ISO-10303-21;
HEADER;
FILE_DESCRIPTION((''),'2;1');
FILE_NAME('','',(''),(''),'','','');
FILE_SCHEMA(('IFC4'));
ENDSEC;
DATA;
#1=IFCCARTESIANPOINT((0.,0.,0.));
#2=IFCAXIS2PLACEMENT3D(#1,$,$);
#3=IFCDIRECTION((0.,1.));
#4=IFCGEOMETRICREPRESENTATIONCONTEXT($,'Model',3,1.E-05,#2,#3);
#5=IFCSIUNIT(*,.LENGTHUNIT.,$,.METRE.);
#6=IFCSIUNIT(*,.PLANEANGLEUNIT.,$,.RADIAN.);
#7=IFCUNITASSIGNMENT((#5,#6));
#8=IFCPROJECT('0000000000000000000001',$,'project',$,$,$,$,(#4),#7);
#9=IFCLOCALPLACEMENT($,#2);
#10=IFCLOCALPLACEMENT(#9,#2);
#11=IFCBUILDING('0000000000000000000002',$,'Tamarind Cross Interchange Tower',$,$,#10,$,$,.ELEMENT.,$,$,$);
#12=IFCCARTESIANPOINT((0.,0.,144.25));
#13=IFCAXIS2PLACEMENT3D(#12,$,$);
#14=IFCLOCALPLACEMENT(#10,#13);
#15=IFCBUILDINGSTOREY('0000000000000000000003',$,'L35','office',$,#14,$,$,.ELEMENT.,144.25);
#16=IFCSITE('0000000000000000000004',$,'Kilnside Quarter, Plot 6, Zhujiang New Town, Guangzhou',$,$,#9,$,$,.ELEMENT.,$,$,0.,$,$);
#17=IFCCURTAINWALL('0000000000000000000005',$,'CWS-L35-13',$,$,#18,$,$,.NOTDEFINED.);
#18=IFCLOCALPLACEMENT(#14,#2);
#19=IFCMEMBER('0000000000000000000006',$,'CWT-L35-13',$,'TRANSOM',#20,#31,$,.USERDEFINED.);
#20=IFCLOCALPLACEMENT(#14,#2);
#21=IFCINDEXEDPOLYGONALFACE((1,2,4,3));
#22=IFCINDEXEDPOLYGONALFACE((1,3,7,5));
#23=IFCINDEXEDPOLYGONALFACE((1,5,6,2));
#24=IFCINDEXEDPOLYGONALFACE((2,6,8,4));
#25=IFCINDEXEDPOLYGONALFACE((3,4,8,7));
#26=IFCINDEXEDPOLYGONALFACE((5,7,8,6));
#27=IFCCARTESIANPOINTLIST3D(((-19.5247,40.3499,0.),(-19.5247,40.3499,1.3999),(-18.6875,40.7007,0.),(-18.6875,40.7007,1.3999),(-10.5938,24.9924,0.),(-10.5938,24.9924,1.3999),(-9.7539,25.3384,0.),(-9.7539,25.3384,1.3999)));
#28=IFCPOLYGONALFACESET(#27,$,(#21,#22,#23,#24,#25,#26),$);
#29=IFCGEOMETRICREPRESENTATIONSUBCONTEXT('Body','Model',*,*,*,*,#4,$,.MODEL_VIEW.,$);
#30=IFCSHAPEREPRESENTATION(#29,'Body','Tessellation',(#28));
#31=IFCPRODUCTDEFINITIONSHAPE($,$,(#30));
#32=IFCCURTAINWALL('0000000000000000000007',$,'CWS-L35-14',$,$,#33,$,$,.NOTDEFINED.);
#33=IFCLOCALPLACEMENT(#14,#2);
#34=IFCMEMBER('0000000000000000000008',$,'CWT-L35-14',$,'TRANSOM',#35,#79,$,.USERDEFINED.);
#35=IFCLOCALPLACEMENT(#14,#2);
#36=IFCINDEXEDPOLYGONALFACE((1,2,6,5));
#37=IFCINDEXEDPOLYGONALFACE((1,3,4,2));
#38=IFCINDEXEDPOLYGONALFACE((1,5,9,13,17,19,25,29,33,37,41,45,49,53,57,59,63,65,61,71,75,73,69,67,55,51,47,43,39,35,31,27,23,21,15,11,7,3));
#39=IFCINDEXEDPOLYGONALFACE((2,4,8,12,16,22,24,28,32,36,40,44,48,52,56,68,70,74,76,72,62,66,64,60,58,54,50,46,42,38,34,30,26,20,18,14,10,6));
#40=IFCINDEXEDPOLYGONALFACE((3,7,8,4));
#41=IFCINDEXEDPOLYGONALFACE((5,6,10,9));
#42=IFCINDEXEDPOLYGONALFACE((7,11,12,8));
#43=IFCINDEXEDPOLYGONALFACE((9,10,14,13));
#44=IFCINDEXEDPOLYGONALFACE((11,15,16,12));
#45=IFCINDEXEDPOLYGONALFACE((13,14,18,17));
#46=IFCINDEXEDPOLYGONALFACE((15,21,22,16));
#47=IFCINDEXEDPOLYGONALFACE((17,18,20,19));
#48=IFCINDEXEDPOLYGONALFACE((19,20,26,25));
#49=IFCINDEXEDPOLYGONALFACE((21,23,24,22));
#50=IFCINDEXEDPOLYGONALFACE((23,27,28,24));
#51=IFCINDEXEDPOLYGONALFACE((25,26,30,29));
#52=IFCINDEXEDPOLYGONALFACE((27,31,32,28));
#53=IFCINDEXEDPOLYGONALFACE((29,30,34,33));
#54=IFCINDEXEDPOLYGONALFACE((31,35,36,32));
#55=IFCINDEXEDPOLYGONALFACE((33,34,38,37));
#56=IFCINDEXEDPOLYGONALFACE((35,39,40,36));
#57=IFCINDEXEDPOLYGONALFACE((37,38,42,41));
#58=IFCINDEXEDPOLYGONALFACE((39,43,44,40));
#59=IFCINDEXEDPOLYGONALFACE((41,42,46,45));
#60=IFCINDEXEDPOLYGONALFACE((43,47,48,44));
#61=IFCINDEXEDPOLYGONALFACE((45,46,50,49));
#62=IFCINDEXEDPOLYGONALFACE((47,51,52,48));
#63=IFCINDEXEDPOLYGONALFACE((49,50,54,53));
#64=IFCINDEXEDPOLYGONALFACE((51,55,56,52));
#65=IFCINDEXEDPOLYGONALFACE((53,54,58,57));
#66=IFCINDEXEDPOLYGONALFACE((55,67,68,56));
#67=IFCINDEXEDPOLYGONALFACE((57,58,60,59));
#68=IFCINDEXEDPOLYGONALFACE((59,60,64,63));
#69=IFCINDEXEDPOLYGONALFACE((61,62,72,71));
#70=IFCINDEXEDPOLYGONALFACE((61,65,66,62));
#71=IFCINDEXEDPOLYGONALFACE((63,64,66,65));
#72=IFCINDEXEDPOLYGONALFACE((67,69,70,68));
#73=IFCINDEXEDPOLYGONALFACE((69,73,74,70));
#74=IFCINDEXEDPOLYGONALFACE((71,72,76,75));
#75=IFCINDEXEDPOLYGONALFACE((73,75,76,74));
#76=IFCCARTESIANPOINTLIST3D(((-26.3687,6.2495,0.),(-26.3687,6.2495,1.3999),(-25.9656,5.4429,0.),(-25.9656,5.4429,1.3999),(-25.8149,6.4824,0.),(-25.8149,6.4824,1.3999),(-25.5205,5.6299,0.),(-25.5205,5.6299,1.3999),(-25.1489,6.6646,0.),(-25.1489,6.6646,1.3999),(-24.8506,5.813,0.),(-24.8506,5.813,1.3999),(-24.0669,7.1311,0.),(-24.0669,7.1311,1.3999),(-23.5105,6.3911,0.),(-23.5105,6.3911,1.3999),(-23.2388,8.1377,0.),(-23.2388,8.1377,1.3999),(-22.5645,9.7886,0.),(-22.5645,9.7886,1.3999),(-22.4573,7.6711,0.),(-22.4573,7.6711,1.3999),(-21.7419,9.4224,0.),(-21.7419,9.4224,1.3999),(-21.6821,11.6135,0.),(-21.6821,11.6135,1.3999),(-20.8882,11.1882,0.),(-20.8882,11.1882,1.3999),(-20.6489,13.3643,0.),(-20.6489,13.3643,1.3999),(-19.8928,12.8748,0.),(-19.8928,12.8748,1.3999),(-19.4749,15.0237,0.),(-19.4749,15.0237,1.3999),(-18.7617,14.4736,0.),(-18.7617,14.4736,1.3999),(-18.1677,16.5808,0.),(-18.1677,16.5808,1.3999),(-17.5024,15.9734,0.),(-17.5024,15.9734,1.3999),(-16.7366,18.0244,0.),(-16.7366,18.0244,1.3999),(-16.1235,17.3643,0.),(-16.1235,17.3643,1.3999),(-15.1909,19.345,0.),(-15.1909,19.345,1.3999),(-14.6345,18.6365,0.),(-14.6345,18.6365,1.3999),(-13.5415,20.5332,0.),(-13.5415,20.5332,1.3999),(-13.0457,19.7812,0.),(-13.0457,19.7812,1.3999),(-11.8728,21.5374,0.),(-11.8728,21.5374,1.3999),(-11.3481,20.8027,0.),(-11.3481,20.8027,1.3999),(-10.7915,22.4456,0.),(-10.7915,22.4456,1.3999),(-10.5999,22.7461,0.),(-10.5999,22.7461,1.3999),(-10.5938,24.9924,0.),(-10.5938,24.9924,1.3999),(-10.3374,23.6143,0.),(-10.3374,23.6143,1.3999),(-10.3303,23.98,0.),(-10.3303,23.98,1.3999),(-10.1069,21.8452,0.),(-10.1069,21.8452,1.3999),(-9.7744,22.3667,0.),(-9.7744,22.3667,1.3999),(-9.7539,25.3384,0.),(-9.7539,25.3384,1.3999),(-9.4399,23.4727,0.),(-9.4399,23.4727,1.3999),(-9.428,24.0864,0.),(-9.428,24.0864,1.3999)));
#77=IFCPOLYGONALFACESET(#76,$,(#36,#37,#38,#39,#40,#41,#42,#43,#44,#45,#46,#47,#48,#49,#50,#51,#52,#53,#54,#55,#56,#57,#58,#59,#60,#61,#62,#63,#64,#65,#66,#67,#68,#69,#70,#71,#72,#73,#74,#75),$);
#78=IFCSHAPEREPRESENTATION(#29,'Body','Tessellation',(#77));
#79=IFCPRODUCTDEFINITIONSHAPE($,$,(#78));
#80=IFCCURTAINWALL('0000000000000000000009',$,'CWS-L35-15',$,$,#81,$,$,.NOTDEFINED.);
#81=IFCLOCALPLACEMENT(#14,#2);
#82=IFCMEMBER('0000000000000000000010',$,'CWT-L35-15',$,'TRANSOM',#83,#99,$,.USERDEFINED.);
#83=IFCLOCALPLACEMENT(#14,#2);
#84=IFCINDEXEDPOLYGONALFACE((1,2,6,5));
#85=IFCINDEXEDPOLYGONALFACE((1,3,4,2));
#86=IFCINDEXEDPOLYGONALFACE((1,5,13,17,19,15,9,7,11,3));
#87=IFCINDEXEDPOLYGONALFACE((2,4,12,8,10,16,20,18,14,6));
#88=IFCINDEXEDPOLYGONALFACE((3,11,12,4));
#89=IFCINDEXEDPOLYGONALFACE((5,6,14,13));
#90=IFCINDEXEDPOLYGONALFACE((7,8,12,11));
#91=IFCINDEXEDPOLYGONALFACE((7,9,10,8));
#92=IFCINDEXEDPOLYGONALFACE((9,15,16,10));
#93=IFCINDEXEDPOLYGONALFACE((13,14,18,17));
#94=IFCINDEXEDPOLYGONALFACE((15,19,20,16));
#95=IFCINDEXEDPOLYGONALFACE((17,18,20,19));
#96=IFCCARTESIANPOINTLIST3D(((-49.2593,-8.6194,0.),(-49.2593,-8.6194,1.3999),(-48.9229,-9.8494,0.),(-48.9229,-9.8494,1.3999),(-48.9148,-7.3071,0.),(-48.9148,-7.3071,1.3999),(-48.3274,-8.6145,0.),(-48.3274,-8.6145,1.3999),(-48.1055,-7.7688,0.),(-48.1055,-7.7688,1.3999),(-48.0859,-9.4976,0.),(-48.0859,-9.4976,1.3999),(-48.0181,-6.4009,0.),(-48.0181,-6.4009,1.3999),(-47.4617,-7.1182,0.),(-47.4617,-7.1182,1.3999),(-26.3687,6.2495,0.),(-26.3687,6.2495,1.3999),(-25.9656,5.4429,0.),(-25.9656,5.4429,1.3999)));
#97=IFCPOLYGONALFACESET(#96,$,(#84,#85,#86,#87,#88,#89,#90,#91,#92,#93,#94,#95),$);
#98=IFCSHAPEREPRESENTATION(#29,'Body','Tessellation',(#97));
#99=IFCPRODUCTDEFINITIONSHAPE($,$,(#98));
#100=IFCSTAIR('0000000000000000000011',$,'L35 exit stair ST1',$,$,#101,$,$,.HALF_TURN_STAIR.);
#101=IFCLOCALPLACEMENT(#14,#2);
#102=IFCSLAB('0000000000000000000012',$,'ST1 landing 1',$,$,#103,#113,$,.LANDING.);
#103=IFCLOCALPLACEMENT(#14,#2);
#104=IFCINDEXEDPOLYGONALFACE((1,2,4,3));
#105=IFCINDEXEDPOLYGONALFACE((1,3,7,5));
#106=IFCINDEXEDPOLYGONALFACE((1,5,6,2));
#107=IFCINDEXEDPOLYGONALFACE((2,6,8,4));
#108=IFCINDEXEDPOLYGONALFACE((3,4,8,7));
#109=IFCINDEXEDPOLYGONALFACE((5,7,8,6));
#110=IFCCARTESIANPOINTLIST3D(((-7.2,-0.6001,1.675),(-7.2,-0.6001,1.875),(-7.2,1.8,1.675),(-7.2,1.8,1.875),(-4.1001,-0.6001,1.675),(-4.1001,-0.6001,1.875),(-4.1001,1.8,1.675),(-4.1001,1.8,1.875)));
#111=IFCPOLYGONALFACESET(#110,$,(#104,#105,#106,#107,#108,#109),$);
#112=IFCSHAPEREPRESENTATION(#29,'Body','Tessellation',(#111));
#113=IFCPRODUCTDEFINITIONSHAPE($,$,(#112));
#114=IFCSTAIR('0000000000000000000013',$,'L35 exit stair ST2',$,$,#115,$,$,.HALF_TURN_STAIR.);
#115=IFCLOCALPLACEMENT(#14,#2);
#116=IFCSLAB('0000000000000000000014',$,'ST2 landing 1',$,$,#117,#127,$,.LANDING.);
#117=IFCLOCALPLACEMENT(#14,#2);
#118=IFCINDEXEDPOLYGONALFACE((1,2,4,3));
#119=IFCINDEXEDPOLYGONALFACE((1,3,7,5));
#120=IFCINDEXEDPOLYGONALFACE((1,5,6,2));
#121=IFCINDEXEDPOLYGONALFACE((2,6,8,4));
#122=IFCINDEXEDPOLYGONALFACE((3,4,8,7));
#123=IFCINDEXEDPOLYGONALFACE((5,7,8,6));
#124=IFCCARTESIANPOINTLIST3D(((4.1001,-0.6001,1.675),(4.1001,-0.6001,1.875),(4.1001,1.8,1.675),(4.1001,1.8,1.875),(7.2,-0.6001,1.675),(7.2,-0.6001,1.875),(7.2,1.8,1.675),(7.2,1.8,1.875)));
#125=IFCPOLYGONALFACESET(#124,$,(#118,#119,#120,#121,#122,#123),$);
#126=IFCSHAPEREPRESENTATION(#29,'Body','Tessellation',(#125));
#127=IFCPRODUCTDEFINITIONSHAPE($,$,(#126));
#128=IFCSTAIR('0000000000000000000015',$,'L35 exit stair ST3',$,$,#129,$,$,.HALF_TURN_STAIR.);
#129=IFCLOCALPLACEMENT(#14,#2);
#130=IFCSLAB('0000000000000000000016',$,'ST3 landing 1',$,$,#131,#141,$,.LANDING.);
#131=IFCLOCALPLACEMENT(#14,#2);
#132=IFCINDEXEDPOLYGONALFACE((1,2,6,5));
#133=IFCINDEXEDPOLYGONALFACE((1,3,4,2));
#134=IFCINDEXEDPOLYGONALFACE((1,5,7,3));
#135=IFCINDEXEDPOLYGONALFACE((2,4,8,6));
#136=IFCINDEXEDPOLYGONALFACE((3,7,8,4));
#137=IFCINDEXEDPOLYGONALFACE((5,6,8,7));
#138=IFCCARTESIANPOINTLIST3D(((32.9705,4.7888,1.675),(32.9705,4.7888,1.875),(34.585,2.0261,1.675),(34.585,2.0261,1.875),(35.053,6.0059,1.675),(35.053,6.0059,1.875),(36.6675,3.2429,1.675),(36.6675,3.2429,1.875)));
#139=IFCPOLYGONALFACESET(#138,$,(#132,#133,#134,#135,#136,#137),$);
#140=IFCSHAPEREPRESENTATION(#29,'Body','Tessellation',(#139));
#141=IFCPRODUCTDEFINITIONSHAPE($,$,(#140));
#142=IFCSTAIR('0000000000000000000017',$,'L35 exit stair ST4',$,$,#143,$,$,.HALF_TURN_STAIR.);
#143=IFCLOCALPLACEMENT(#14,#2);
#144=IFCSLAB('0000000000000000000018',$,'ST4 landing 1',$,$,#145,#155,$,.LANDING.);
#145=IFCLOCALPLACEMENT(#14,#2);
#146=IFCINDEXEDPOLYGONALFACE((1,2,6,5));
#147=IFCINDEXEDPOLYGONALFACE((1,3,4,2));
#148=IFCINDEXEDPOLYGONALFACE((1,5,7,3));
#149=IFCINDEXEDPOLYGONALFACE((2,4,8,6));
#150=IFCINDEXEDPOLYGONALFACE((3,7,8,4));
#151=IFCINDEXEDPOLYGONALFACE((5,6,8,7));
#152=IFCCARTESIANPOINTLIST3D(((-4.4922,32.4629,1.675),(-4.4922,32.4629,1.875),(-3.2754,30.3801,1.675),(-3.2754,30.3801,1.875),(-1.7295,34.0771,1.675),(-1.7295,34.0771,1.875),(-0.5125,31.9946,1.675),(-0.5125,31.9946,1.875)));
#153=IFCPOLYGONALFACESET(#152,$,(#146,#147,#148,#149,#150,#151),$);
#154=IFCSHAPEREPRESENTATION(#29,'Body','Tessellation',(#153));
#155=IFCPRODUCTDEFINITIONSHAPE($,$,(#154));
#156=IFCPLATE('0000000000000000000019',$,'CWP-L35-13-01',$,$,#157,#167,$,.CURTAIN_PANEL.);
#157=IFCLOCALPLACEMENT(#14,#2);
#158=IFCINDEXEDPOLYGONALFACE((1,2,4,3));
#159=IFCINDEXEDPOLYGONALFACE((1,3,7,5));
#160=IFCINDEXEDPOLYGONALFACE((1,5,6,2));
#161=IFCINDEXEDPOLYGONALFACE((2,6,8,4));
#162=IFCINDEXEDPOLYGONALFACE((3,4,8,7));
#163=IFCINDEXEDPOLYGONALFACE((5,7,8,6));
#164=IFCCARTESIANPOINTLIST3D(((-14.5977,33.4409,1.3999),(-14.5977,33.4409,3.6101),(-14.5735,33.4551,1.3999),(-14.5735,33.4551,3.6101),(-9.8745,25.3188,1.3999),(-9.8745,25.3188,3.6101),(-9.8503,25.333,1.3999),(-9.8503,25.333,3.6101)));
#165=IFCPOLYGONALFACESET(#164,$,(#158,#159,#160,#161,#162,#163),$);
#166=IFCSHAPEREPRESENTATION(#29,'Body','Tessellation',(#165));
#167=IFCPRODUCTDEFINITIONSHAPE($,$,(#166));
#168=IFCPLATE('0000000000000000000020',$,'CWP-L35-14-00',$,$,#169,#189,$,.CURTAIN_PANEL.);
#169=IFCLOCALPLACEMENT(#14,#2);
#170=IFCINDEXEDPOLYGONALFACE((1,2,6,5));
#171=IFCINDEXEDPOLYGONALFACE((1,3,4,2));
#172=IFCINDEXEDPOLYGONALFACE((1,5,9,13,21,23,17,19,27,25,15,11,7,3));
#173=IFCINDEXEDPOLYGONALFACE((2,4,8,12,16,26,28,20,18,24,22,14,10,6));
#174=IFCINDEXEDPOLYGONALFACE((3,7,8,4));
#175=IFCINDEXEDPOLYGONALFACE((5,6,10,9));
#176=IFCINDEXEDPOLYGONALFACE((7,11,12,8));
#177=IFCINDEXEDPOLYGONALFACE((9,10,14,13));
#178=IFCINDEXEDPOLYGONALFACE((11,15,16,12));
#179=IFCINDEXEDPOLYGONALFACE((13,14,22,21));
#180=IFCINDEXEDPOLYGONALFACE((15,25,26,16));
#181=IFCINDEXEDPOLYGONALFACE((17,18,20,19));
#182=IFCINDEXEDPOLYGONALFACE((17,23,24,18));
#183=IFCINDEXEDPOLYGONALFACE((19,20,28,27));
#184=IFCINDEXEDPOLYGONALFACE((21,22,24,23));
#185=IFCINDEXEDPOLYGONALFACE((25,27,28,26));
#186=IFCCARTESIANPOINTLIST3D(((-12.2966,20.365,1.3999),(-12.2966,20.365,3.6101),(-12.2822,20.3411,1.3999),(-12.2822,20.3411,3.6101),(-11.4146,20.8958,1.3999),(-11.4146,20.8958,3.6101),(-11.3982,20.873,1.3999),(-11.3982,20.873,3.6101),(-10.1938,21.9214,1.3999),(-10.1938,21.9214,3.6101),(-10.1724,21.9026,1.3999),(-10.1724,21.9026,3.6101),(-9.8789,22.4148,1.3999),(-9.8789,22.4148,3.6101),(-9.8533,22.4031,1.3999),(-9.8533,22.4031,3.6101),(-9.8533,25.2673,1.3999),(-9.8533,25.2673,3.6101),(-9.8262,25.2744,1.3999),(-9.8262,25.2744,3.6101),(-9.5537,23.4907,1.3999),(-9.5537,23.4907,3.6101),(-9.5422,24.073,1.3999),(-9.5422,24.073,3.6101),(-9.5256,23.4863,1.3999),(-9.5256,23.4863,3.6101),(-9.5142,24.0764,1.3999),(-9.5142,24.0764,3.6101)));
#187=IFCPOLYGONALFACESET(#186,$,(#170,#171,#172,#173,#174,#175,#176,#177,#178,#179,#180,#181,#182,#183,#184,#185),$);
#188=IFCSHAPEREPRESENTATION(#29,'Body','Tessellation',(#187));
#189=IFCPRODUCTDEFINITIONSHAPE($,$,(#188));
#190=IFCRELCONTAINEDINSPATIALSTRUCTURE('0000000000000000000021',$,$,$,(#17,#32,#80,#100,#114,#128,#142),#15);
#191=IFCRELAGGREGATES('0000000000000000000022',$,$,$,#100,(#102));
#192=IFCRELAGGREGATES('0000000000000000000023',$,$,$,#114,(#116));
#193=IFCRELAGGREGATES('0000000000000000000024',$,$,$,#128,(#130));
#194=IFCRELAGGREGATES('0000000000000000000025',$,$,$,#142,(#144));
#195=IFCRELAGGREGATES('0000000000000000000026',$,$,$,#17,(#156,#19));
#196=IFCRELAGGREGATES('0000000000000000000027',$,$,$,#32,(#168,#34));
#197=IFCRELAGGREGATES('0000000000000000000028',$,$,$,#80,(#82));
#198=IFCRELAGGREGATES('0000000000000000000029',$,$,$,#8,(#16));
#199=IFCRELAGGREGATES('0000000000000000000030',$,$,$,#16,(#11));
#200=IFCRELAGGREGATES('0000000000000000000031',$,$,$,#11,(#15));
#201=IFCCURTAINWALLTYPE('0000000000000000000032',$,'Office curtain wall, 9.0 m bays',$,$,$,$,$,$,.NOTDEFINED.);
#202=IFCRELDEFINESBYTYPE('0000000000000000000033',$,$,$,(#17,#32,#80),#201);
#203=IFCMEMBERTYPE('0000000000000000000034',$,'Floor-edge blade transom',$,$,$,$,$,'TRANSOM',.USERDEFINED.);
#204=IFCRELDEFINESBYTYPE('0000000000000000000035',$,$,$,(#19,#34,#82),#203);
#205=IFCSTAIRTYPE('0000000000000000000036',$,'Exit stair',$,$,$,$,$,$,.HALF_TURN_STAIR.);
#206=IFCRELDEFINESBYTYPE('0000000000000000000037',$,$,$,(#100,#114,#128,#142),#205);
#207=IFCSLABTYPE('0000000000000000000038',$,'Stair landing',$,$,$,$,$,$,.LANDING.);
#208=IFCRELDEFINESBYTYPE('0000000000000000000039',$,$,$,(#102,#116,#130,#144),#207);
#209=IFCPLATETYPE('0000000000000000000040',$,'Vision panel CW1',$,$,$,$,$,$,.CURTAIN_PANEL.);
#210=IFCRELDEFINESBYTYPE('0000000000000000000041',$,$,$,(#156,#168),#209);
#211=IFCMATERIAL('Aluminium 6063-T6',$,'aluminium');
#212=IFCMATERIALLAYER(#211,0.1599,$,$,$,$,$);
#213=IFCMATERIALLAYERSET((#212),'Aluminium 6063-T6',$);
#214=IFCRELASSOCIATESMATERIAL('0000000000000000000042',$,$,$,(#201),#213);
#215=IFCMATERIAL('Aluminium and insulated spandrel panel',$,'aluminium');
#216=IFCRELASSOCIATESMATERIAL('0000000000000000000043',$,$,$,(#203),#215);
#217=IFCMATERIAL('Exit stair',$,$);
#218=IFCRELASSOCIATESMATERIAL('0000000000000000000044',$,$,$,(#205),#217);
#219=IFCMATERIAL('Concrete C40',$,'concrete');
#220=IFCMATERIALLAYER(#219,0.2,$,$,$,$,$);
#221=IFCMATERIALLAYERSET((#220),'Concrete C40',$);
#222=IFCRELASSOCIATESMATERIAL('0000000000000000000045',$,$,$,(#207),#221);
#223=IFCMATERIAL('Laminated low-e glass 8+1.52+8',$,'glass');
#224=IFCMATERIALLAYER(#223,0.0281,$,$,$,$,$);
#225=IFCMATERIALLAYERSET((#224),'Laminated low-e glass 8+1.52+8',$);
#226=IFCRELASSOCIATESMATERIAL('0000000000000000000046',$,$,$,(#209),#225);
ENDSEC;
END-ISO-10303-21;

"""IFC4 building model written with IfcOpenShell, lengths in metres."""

from ifc_helpers import new_model, si_unit, direction, frame, origin, place, context, subcontext, project, spatial, polyline, outline, extrude, material, layer, layer_set, type_object, element, aggregate, save


model = new_model("IFC4")

# Units and contexts
model_context = context("Model", 3, precision=1e-05, world=origin(), true_north=direction((0.0, 1.0)))
body_context = subcontext(model_context, "Body", "Model", "MODEL_VIEW")
ifc_project = project(units=[si_unit("LENGTHUNIT", "METRE"), si_unit("PLANEANGLEUNIT", "RADIAN")], contexts=[model_context])

# Site, building, storey
site_placement = place(None, origin())
site = spatial("IfcSite", under=ifc_project, at=site_placement, Name="Kilnside Quarter, Plot 6, Zhujiang New Town, Guangzhou", CompositionType="ELEMENT", RefElevation=0.0)
building_placement = place(site_placement, origin())
building = spatial("IfcBuilding", under=site, at=building_placement, Name="Tamarind Cross Interchange Tower", CompositionType="ELEMENT")
storey_placement = place(building_placement, frame((0.0, 0.0, 144.25)))
storey = spatial("IfcBuildingStorey", under=building, at=storey_placement, Name="L35", Description="office", CompositionType="ELEMENT", Elevation=144.25)

# Curtain walls, members
ifc_material_1 = material(Name="Aluminium 6063-T6", Category="aluminium")
ifc_layer_1 = layer(ifc_material_1, 0.1599)
ifc_layer_set_1 = layer_set([ifc_layer_1], Name="Aluminium 6063-T6")
curtain_wall_type = type_object("IfcCurtainWallType", Name="Office curtain wall, 9.0 m bays", PredefinedType="NOTDEFINED", material=ifc_layer_set_1)
curtain_wall_1_placement = place(storey_placement, origin())
curtain_wall_1 = element("IfcCurtainWall", 1, at=curtain_wall_1_placement, inside=storey, type_object=curtain_wall_type, Name="CWS-L35-13", PredefinedType="NOTDEFINED")
ifc_material_2 = material(Name="Aluminium and insulated spandrel panel", Category="aluminium")
member_type = type_object("IfcMemberType", Name="Floor-edge blade transom", ElementType="TRANSOM", PredefinedType="USERDEFINED", material=ifc_material_2)
member_1_placement = place(storey_placement, origin())
member_1 = element("IfcMember", 2, at=member_1_placement, type_object=member_type, Name="CWT-L35-13", ObjectType="TRANSOM", PredefinedType="USERDEFINED", context=body_context, shape_type="SweptSolid", body=[
    extrude(outline(polyline([(-18.6875, 40.7007), (-9.7539, 25.3384), (-10.5938, 24.9924), (-19.5247, 40.3499), (-18.6875, 40.7007)])), origin(), (0.0, 0.0, 1.0), 1.3999),
])
curtain_wall_2_placement = place(storey_placement, origin())
curtain_wall_2 = element("IfcCurtainWall", 3, at=curtain_wall_2_placement, inside=storey, type_object=curtain_wall_type, Name="CWS-L35-14", PredefinedType="NOTDEFINED")
member_2_placement = place(storey_placement, origin())
member_2 = element("IfcMember", 4, at=member_2_placement, type_object=member_type, Name="CWT-L35-14", ObjectType="TRANSOM", PredefinedType="USERDEFINED", context=body_context, shape_type="SweptSolid", body=[
    extrude(outline(polyline([(-9.7539, 25.3384), (-9.428, 24.0864), (-9.4399, 23.4727), (-9.7744, 22.3667), (-10.1069, 21.8452), (-11.3481, 20.8027), (-13.0457, 19.7812), (-14.6345, 18.6365), (-16.1235, 17.3643), (-17.5024, 15.9734), (-18.7617, 14.4736), (-19.8928, 12.8748), (-20.8882, 11.1882), (-21.7419, 9.4224), (-22.4573, 7.6711), (-23.5105, 6.3911), (-24.8506, 5.813), (-25.5205, 5.6299), (-25.9656, 5.4429), (-26.3687, 6.2495), (-25.8149, 6.4824), (-25.1489, 6.6646), (-24.0669, 7.1311), (-23.2388, 8.1377), (-22.5645, 9.7886), (-21.6821, 11.6135), (-20.6489, 13.3643), (-19.4749, 15.0237), (-18.1677, 16.5808), (-16.7366, 18.0244), (-15.1909, 19.345), (-13.5415, 20.5332), (-11.8728, 21.5374), (-10.7915, 22.4456), (-10.5999, 22.7461), (-10.3374, 23.6143), (-10.3303, 23.98), (-10.5938, 24.9924), (-9.7539, 25.3384)])), origin(), (0.0, 0.0, 1.0), 1.3999),
])
curtain_wall_3_placement = place(storey_placement, origin())
curtain_wall_3 = element("IfcCurtainWall", 5, at=curtain_wall_3_placement, inside=storey, type_object=curtain_wall_type, Name="CWS-L35-15", PredefinedType="NOTDEFINED")
member_3_placement = place(storey_placement, origin())
member_3 = element("IfcMember", 6, at=member_3_placement, type_object=member_type, Name="CWT-L35-15", ObjectType="TRANSOM", PredefinedType="USERDEFINED", context=body_context, shape_type="SweptSolid", body=[
    extrude(outline(polyline([(-25.9656, 5.4429), (-47.4617, -7.1182), (-48.1055, -7.7688), (-48.3274, -8.6145), (-48.0859, -9.4976), (-48.9229, -9.8494), (-49.2593, -8.6194), (-48.9148, -7.3071), (-48.0181, -6.4009), (-26.3687, 6.2495), (-25.9656, 5.4429)])), origin(), (0.0, 0.0, 1.0), 1.3999),
])

# Stairs, slabs
ifc_material_3 = material(Name="Exit stair")
stair_type = type_object("IfcStairType", Name="Exit stair", PredefinedType="HALF_TURN_STAIR", material=ifc_material_3)
stair_1_placement = place(storey_placement, origin())
stair_1 = element("IfcStair", 7, at=stair_1_placement, inside=storey, type_object=stair_type, Name="L35 exit stair ST1", PredefinedType="HALF_TURN_STAIR")
ifc_material_4 = material(Name="Concrete C40", Category="concrete")
ifc_layer_2 = layer(ifc_material_4, 0.2)
ifc_layer_set_2 = layer_set([ifc_layer_2], Name="Concrete C40")
slab_type = type_object("IfcSlabType", Name="Stair landing", PredefinedType="LANDING", material=ifc_layer_set_2)
slab_1_placement = place(storey_placement, frame((0.0, 0.0, 1.675)))
slab_1 = element("IfcSlab", 8, at=slab_1_placement, type_object=slab_type, Name="ST1 landing 1", PredefinedType="LANDING", context=body_context, shape_type="SweptSolid", body=[
    extrude(outline(polyline([(-4.1001, -0.6001), (-4.1001, 1.8), (-7.2, 1.8), (-7.2, -0.6001), (-4.1001, -0.6001)])), origin(), (0.0, 0.0, 1.0), 0.2),
])
aggregate(stair_1, [slab_1])
stair_2_placement = place(storey_placement, origin())
stair_2 = element("IfcStair", 9, at=stair_2_placement, inside=storey, type_object=stair_type, Name="L35 exit stair ST2", PredefinedType="HALF_TURN_STAIR")
slab_2_placement = place(storey_placement, frame((0.0, 0.0, 1.675)))
slab_2 = element("IfcSlab", 10, at=slab_2_placement, type_object=slab_type, Name="ST2 landing 1", PredefinedType="LANDING", context=body_context, shape_type="SweptSolid", body=[
    extrude(outline(polyline([(7.2, -0.6001), (7.2, 1.8), (4.1001, 1.8), (4.1001, -0.6001), (7.2, -0.6001)])), origin(), (0.0, 0.0, 1.0), 0.2),
])
aggregate(stair_2, [slab_2])
stair_3_placement = place(storey_placement, origin())
stair_3 = element("IfcStair", 11, at=stair_3_placement, inside=storey, type_object=stair_type, Name="L35 exit stair ST3", PredefinedType="HALF_TURN_STAIR")
slab_3_placement = place(storey_placement, frame((0.0, 0.0, 1.675)))
slab_3 = element("IfcSlab", 12, at=slab_3_placement, type_object=slab_type, Name="ST3 landing 1", PredefinedType="LANDING", context=body_context, shape_type="SweptSolid", body=[
    extrude(outline(polyline([(34.585, 2.0261), (36.6675, 3.2429), (35.053, 6.0059), (32.9705, 4.7888), (34.585, 2.0261)])), origin(), (0.0, 0.0, 1.0), 0.2),
])
aggregate(stair_3, [slab_3])
stair_4_placement = place(storey_placement, origin())
stair_4 = element("IfcStair", 13, at=stair_4_placement, inside=storey, type_object=stair_type, Name="L35 exit stair ST4", PredefinedType="HALF_TURN_STAIR")
slab_4_placement = place(storey_placement, frame((0.0, 0.0, 1.675)))
slab_4 = element("IfcSlab", 14, at=slab_4_placement, type_object=slab_type, Name="ST4 landing 1", PredefinedType="LANDING", context=body_context, shape_type="SweptSolid", body=[
    extrude(outline(polyline([(-0.5125, 31.9946), (-1.7295, 34.0771), (-4.4922, 32.4629), (-3.2754, 30.3801), (-0.5125, 31.9946)])), origin(), (0.0, 0.0, 1.0), 0.2),
])
aggregate(stair_4, [slab_4])

# Plates
ifc_material_5 = material(Name="Laminated low-e glass 8+1.52+8", Category="glass")
ifc_layer_3 = layer(ifc_material_5, 0.0281)
ifc_layer_set_3 = layer_set([ifc_layer_3], Name="Laminated low-e glass 8+1.52+8")
plate_type = type_object("IfcPlateType", Name="Vision panel CW1", PredefinedType="CURTAIN_PANEL", material=ifc_layer_set_3)
plate_1_placement = place(storey_placement, frame((0.0, 0.0, 1.3999)))
plate_1 = element("IfcPlate", 15, at=plate_1_placement, type_object=plate_type, Name="CWP-L35-13-01", PredefinedType="CURTAIN_PANEL", context=body_context, shape_type="SweptSolid", body=[
    extrude(outline(polyline([(-14.5735, 33.4551), (-9.8503, 25.333), (-9.8745, 25.3188), (-14.5977, 33.4409), (-14.5735, 33.4551)])), origin(), (0.0, 0.0, 1.0), 2.2102),
])
aggregate(curtain_wall_1, [plate_1, member_1])
plate_2_placement = place(storey_placement, frame((0.0, 0.0, 1.3999)))
plate_2 = element("IfcPlate", 16, at=plate_2_placement, type_object=plate_type, Name="CWP-L35-14-00", PredefinedType="CURTAIN_PANEL", context=body_context, shape_type="SweptSolid", body=[
    extrude(outline(polyline([(-9.8262, 25.2744), (-9.5142, 24.0764), (-9.5256, 23.4863), (-9.8533, 22.4031), (-10.1724, 21.9026), (-11.3982, 20.873), (-12.2822, 20.3411), (-12.2966, 20.365), (-11.4146, 20.8958), (-10.1938, 21.9214), (-9.8789, 22.4148), (-9.5537, 23.4907), (-9.5422, 24.073), (-9.8533, 25.2673), (-9.8262, 25.2744)])), origin(), (0.0, 0.0, 1.0), 2.2102),
])
aggregate(curtain_wall_2, [plate_2, member_2])
aggregate(curtain_wall_3, [member_3])

save(model, "model.ifc")
